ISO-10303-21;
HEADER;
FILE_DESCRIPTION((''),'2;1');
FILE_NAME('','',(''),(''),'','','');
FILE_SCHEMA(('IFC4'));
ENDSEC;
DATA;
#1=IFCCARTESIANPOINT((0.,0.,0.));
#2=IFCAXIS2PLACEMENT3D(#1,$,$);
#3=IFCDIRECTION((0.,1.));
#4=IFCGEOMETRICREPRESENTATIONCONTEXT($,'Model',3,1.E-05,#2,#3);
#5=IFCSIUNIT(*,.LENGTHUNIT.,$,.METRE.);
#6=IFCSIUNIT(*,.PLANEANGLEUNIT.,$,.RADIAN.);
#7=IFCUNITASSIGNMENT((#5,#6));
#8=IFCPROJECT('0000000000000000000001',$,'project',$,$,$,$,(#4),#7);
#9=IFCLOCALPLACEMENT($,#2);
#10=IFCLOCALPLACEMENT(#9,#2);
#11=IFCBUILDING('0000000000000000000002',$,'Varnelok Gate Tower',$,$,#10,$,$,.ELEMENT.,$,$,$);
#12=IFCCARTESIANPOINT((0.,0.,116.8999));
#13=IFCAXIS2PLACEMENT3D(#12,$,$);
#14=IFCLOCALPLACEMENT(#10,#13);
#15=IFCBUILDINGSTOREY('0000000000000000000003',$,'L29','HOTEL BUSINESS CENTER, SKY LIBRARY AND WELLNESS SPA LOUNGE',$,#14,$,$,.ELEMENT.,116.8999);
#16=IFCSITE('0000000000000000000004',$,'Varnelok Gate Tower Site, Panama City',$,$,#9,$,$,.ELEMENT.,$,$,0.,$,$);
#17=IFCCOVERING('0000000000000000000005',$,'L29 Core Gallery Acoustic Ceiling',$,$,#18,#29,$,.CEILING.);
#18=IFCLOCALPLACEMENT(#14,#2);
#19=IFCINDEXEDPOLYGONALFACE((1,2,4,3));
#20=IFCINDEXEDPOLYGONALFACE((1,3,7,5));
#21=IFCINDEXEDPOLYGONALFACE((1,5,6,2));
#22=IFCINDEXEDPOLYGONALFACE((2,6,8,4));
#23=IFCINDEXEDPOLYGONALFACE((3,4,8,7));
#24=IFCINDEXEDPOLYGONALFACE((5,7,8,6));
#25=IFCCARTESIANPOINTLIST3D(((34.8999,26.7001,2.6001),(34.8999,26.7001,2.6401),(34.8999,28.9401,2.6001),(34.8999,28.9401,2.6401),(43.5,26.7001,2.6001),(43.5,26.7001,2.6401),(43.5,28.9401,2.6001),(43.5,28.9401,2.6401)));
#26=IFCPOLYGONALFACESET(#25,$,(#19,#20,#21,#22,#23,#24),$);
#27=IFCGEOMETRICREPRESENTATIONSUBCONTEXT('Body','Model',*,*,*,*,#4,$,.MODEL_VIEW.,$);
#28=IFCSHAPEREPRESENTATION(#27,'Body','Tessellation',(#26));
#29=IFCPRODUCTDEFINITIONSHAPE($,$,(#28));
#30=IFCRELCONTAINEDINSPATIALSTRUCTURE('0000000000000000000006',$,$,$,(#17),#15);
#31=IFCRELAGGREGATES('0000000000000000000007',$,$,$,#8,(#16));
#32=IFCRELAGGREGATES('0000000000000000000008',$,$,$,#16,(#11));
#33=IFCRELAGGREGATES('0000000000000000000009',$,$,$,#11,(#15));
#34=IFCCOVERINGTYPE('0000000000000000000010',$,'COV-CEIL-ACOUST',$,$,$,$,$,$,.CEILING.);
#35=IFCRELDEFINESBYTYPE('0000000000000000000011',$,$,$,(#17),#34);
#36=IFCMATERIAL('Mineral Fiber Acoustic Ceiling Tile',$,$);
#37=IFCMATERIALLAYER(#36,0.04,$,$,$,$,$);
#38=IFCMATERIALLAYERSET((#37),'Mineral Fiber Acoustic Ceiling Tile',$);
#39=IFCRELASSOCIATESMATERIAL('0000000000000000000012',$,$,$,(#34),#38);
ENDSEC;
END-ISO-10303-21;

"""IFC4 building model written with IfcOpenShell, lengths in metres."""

from ifc_helpers import new_model, si_unit, direction, frame, origin, origin_2d, place, context, subcontext, project, spatial, rectangle, extrude, source, transform, mapped, material, layer, layer_set, type_object, element, save


model = new_model("IFC4")

# Units and contexts
model_context = context("Model", 3, precision=1e-05, world=origin(), true_north=direction((0.0, 1.0)))
body_context = subcontext(model_context, "Body", "Model", "MODEL_VIEW")
ifc_project = project(units=[si_unit("LENGTHUNIT", "METRE"), si_unit("PLANEANGLEUNIT", "RADIAN")], contexts=[model_context])

# Site, building, storey
site_placement = place(None, origin())
site = spatial("IfcSite", under=ifc_project, at=site_placement, Name="Varnelok Gate Tower Site, Panama City", CompositionType="ELEMENT", RefElevation=0.0)
building_placement = place(site_placement, origin())
building = spatial("IfcBuilding", under=site, at=building_placement, Name="Varnelok Gate Tower", CompositionType="ELEMENT")
storey_placement = place(building_placement, frame((0.0, 0.0, 116.8999)))
storey = spatial("IfcBuildingStorey", under=building, at=storey_placement, Name="L29", Description="HOTEL BUSINESS CENTER, SKY LIBRARY AND WELLNESS SPA LOUNGE", CompositionType="ELEMENT", Elevation=116.8999)

# Covering
ifc_material_1 = material(Name="Mineral Fiber Acoustic Ceiling Tile")
ifc_layer_1 = layer(ifc_material_1, 0.04)
ifc_layer_set_1 = layer_set([ifc_layer_1], Name="Mineral Fiber Acoustic Ceiling Tile")
covering_type_1 = type_object("IfcCoveringType", Name="COV-CEIL-ACOUST", PredefinedType="CEILING", material=ifc_layer_set_1)
shared_shape_1 = source(origin(), body_context, "Body", "SweptSolid", [
    extrude(rectangle(XDim=8.6001, YDim=2.24, at=origin_2d()), origin(), (0.0, 0.0, 1.0), 0.04),
])
covering_1_placement = place(storey_placement, frame((39.2, 27.8201, 2.6001), z_axis=(0.0, 0.0, 1.0), x_axis=(1.0, 0.0, 0.0)))
element("IfcCovering", 1, at=covering_1_placement, inside=storey, type_object=covering_type_1, Name="L29 Core Gallery Acoustic Ceiling", PredefinedType="CEILING", context=body_context, shape_type="MappedRepresentation", body=[
    mapped(shared_shape_1, transform((0.0, 0.0, 0.0), scale=1.0)),
])

save(model, "model.ifc")
